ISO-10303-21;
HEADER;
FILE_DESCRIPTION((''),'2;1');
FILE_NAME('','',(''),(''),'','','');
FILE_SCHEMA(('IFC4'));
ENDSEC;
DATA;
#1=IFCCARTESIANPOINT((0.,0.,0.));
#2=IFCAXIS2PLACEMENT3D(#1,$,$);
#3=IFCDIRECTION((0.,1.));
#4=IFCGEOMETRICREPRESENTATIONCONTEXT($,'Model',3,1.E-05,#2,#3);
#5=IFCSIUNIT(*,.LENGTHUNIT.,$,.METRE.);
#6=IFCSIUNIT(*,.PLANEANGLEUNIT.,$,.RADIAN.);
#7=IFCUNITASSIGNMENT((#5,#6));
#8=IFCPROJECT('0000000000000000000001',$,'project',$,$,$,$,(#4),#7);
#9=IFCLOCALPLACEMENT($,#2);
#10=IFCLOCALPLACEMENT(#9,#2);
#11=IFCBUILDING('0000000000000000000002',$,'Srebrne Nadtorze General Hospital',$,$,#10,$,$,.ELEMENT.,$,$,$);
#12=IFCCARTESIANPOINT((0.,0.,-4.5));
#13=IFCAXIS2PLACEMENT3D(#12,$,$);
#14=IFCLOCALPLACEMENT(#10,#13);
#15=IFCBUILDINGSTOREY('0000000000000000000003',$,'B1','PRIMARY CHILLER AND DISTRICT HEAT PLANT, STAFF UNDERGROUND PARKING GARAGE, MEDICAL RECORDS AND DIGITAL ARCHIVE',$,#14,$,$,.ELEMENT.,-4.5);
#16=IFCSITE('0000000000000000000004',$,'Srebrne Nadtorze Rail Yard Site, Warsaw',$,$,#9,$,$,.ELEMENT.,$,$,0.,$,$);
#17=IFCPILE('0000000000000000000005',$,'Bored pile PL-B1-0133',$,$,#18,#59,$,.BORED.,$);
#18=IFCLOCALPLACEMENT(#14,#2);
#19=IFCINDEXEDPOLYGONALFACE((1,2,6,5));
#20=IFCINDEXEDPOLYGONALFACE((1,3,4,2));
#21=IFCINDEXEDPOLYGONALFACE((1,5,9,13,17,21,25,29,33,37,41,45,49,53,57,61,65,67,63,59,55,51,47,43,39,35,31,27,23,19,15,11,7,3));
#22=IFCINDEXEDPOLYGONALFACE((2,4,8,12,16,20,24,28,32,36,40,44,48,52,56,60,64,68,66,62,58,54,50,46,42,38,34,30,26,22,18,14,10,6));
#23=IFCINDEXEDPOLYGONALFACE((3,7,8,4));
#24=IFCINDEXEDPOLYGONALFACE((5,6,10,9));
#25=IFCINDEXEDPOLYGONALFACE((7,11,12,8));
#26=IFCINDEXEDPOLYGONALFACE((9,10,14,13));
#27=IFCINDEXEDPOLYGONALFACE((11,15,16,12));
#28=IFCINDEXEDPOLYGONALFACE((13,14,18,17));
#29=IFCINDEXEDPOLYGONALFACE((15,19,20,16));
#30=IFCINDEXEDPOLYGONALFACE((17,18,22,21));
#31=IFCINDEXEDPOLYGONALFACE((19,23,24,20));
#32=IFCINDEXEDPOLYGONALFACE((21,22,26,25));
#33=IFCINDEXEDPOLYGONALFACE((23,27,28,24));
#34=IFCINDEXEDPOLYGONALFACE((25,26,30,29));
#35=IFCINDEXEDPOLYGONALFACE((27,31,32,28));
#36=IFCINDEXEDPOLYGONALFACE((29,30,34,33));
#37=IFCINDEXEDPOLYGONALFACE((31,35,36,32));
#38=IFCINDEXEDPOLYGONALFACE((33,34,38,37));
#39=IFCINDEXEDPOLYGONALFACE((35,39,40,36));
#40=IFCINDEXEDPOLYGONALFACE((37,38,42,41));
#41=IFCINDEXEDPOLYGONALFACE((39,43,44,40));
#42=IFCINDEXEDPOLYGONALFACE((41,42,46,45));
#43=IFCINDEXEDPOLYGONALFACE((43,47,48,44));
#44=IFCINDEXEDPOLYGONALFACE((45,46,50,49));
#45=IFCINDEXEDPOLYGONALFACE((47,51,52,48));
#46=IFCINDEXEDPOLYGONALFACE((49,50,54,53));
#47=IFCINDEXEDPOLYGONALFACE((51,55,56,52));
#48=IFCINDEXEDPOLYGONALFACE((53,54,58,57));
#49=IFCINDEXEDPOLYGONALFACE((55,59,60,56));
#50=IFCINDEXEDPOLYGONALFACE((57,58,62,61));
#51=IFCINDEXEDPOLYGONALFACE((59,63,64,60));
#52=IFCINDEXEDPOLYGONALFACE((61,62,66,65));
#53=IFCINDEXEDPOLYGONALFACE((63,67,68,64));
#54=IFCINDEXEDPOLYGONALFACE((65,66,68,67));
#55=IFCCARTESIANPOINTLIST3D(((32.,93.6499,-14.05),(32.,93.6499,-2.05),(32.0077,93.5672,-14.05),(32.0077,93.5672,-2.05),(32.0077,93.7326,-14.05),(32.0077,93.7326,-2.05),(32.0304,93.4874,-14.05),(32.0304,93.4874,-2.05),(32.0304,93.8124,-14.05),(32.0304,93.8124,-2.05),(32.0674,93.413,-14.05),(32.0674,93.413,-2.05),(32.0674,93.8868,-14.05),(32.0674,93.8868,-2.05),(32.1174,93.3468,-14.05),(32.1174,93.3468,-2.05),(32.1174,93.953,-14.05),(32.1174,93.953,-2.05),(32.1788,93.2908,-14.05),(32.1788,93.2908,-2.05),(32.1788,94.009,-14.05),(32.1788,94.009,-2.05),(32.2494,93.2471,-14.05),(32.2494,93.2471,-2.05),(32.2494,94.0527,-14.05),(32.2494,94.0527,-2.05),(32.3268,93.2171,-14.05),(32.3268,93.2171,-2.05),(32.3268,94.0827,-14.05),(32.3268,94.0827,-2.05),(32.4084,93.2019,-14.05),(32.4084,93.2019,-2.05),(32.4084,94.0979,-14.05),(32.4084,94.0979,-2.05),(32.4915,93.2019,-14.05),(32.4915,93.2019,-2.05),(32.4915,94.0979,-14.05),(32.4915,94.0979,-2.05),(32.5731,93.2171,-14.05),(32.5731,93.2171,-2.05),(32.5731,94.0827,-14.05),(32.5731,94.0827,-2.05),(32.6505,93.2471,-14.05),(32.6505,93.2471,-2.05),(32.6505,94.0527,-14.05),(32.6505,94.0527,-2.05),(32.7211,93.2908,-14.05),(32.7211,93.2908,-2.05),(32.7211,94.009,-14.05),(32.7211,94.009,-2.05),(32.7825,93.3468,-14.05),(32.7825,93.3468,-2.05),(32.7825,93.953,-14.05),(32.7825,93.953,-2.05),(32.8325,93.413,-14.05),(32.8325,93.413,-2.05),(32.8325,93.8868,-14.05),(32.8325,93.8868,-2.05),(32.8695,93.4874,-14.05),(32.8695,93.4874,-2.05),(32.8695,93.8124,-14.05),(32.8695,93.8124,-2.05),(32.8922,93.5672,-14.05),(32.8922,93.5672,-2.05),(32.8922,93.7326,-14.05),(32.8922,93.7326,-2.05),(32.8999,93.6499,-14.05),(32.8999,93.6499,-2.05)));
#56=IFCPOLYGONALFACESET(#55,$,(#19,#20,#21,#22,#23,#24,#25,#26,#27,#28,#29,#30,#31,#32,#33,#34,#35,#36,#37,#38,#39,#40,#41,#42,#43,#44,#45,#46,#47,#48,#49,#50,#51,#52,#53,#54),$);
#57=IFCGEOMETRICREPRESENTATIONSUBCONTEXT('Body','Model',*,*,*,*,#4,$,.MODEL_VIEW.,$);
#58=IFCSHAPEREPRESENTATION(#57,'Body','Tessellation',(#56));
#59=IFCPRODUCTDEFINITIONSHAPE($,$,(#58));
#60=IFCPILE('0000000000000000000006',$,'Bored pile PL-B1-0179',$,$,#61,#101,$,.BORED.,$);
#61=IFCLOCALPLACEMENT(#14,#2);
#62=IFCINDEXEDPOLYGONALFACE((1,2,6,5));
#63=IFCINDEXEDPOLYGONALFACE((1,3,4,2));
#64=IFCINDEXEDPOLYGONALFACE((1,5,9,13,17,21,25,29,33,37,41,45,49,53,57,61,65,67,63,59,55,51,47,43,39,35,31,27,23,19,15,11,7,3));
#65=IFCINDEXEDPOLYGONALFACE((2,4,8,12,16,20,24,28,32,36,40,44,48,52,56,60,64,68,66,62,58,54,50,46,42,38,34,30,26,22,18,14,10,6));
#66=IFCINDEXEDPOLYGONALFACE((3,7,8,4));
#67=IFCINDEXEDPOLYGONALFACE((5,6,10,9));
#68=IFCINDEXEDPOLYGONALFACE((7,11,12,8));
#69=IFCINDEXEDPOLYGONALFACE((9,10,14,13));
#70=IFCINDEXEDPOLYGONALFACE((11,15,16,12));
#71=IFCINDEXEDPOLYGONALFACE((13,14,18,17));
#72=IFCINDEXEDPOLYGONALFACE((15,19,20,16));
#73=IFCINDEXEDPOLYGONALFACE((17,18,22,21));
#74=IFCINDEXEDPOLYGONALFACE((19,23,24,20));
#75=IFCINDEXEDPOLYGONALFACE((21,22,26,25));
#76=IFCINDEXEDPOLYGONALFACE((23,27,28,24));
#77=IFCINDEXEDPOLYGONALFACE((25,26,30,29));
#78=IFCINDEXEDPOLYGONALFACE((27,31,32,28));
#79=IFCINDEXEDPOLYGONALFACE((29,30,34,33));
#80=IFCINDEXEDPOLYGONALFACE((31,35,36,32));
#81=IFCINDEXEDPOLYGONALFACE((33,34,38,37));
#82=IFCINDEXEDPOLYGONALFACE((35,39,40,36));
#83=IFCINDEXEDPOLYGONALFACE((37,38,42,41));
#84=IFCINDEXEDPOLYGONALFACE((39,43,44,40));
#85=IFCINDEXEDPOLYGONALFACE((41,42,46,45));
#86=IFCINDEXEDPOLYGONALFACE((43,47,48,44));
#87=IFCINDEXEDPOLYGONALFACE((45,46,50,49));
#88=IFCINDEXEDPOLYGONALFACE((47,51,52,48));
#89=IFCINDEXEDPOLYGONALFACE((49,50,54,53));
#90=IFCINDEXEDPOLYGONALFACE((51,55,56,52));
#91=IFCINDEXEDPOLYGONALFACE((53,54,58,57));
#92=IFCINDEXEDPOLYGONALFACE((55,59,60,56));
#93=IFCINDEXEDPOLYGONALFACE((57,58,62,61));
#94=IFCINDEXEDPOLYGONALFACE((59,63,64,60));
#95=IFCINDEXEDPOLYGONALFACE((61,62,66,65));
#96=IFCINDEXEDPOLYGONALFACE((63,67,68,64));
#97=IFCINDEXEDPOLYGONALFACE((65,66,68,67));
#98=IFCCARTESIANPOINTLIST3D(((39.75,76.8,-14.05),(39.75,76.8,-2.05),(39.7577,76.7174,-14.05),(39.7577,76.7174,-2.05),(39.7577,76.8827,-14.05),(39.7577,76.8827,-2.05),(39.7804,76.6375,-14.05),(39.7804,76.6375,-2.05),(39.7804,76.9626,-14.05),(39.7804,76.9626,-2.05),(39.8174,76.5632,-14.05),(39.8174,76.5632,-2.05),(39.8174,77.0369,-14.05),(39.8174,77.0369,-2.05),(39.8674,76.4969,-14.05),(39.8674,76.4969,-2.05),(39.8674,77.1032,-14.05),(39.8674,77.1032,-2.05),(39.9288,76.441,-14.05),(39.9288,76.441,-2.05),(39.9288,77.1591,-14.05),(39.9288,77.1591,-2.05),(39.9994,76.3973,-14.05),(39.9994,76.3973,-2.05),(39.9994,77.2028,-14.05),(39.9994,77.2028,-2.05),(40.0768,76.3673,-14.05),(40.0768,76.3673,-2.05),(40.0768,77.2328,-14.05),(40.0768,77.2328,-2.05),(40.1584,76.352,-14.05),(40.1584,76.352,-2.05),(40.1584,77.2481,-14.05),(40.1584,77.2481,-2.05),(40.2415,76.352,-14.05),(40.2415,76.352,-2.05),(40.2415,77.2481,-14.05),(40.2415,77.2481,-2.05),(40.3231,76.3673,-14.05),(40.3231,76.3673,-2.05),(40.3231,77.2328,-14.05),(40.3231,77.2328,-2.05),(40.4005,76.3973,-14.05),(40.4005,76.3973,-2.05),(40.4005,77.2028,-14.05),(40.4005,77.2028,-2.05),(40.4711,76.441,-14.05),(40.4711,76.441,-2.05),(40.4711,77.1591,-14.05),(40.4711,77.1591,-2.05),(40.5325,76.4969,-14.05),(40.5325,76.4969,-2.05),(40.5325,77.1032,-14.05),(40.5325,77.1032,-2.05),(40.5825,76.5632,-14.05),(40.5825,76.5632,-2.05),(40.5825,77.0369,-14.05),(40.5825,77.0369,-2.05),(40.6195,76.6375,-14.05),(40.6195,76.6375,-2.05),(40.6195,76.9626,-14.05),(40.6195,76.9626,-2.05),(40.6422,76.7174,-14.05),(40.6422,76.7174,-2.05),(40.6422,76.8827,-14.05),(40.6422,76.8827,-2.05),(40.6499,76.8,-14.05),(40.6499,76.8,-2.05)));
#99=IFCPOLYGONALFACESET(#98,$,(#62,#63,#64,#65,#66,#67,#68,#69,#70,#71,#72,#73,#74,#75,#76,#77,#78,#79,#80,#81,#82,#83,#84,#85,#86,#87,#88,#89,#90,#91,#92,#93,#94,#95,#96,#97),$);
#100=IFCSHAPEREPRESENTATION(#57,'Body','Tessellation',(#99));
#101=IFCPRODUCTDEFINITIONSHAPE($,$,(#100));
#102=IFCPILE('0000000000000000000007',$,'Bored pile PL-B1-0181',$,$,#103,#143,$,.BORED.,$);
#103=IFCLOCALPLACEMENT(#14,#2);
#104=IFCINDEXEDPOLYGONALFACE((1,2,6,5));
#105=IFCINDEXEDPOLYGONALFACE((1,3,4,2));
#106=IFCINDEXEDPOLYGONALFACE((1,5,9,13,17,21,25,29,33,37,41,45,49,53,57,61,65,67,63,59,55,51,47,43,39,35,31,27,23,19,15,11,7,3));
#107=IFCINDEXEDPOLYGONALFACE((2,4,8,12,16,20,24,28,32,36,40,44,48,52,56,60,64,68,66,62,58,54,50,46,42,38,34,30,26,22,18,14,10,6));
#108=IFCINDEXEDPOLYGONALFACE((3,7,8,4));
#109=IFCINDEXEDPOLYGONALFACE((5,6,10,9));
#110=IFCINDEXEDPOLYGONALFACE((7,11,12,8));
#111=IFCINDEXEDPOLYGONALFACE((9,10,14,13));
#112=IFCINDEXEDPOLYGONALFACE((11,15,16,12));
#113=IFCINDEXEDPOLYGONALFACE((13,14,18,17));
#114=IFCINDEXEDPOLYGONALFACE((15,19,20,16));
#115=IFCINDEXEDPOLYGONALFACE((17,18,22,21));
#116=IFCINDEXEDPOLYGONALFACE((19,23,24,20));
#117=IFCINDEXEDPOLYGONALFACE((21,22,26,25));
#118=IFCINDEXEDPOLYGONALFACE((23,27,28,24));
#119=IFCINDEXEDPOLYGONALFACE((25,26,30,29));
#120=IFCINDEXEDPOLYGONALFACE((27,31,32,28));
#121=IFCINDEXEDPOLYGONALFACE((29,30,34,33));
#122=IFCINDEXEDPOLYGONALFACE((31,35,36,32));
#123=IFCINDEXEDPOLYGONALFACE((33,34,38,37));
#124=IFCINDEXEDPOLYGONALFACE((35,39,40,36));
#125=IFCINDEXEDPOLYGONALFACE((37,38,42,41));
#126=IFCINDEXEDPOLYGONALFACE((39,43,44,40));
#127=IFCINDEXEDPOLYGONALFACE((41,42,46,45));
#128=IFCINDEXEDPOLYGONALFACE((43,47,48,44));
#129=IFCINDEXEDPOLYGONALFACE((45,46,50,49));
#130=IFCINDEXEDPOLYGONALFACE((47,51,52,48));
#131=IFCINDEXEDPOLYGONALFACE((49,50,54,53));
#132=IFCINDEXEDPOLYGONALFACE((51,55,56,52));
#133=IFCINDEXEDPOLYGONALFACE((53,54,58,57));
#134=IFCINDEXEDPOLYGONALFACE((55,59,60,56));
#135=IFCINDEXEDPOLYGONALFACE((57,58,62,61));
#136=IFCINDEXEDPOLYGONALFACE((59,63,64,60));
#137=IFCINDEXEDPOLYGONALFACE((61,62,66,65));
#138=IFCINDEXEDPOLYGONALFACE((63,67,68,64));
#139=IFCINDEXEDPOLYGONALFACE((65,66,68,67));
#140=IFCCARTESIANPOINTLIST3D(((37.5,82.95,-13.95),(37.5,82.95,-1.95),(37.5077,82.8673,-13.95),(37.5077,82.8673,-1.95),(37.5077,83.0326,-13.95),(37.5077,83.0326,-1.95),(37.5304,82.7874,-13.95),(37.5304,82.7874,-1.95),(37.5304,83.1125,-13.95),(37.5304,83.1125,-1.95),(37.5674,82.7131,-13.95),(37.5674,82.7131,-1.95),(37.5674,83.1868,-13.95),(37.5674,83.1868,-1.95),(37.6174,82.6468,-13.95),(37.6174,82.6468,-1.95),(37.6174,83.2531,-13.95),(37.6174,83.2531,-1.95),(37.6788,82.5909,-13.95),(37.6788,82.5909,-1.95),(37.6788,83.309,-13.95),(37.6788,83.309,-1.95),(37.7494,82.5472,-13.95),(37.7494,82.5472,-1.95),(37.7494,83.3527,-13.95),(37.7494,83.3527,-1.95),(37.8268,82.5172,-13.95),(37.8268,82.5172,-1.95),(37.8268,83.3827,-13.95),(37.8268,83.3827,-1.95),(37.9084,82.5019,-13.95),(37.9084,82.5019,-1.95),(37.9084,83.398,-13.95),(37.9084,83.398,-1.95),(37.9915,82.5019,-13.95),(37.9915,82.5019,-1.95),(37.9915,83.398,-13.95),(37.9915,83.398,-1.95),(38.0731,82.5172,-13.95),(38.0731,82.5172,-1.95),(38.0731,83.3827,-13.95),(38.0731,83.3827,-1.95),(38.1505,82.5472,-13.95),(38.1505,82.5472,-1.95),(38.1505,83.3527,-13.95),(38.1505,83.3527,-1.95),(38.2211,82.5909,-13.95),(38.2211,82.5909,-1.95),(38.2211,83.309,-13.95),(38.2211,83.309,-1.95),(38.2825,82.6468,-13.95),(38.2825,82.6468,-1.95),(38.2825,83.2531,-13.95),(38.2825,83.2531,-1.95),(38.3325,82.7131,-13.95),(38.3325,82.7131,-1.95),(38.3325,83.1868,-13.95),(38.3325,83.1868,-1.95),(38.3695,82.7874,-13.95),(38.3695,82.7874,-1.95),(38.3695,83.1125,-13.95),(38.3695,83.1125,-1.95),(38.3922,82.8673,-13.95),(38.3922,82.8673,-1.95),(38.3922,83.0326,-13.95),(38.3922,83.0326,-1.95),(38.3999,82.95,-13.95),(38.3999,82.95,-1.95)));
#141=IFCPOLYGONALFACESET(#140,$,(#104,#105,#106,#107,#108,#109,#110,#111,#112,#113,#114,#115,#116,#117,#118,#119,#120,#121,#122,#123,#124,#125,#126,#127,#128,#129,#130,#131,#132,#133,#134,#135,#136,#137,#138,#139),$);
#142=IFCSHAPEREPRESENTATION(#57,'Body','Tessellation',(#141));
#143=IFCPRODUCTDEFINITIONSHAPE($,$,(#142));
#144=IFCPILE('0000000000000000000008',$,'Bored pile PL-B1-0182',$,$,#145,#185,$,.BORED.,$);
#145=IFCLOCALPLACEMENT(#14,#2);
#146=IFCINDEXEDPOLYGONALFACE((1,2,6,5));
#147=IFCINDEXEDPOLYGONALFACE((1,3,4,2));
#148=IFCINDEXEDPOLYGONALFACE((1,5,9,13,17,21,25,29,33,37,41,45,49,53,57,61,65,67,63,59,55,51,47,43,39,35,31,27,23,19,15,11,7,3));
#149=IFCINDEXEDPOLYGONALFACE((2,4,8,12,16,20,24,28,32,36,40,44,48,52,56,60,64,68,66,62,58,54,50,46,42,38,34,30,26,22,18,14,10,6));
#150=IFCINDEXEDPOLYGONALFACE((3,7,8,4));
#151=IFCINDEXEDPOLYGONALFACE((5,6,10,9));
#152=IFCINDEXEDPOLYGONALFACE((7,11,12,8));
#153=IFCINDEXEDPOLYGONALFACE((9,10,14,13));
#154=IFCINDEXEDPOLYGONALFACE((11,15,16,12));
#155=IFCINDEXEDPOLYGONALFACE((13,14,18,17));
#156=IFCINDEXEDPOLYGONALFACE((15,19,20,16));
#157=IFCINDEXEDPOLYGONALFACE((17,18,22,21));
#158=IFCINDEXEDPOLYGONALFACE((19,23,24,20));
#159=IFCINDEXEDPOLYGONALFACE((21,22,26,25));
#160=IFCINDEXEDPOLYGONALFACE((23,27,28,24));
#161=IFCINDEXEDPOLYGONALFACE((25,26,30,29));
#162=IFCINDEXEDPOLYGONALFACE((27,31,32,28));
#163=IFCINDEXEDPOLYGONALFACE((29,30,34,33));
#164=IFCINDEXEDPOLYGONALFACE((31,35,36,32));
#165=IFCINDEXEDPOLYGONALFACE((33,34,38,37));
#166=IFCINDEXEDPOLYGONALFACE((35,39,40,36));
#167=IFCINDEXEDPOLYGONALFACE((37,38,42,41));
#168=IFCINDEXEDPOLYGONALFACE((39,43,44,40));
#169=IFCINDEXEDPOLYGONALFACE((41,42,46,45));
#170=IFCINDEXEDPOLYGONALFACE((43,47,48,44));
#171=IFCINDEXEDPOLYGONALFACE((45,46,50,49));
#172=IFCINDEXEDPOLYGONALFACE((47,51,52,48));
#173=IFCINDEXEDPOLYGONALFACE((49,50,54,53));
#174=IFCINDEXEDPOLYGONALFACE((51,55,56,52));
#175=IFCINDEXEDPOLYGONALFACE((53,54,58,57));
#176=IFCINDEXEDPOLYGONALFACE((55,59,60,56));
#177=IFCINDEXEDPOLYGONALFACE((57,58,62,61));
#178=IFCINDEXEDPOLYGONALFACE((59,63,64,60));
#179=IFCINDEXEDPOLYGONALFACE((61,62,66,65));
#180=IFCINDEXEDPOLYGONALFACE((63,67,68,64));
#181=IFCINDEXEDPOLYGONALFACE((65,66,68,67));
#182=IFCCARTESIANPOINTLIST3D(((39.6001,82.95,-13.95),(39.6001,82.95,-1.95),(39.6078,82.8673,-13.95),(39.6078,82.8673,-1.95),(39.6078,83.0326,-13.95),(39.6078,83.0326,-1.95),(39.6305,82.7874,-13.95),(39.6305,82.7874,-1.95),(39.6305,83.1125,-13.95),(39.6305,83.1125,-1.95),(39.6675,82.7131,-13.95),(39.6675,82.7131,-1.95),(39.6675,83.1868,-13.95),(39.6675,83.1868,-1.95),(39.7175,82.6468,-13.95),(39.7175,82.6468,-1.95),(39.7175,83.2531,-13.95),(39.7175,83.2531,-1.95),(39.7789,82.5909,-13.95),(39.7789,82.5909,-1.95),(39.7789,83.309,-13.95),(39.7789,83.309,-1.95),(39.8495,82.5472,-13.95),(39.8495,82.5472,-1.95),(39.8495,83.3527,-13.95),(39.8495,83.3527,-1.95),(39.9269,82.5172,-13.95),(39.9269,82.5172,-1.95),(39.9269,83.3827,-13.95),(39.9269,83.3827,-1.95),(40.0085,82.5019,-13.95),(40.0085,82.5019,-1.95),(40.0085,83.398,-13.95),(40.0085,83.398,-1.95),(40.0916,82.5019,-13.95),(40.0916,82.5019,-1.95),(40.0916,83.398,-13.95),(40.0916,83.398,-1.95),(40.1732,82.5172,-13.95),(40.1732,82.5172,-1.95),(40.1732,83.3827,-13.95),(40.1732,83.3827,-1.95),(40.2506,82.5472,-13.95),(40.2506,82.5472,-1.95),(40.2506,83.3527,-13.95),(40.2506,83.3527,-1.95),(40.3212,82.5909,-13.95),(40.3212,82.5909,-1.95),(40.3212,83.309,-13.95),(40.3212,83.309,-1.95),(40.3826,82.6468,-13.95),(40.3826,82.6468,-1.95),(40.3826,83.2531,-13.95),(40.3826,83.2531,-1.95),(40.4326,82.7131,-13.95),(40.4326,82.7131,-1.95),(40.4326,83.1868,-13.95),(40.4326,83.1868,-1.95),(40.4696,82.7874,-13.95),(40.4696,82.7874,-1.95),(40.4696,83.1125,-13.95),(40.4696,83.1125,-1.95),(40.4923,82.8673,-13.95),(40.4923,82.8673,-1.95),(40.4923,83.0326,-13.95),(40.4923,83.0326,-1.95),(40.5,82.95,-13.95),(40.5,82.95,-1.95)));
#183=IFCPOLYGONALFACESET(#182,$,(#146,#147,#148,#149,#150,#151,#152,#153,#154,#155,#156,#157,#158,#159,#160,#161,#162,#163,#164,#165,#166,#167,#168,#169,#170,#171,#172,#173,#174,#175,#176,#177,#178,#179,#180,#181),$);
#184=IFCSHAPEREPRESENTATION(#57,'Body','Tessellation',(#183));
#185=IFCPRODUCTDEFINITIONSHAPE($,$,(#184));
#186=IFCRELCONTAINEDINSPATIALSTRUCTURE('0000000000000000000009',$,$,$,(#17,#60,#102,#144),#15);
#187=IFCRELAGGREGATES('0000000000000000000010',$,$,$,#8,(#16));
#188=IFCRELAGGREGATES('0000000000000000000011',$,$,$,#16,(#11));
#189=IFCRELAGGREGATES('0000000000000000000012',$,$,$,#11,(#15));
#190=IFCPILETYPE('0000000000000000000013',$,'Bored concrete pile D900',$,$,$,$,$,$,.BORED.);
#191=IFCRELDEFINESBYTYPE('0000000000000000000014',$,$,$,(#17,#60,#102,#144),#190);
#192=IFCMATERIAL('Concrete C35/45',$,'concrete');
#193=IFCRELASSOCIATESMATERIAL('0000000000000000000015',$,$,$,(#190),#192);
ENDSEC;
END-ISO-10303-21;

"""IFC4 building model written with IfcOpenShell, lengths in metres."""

from ifc_helpers import new_model, si_unit, direction, frame, origin, origin_2d, place, context, subcontext, project, spatial, circle, extrude, material, material_profile, profile_set, type_object, element, save


model = new_model("IFC4")

# Units and contexts
model_context = context("Model", 3, precision=1e-05, world=origin(), true_north=direction((0.0, 1.0)))
body_context = subcontext(model_context, "Body", "Model", "MODEL_VIEW")
ifc_project = project(units=[si_unit("LENGTHUNIT", "METRE"), si_unit("PLANEANGLEUNIT", "RADIAN")], contexts=[model_context])

# Site, building, storey
site_placement = place(None, origin())
site = spatial("IfcSite", under=ifc_project, at=site_placement, Name="Srebrne Nadtorze Rail Yard Site, Warsaw", CompositionType="ELEMENT", RefElevation=0.0)
building_placement = place(site_placement, origin())
building = spatial("IfcBuilding", under=site, at=building_placement, Name="Srebrne Nadtorze General Hospital", CompositionType="ELEMENT")
storey_placement = place(building_placement, frame((0.0, 0.0, -4.5)))
storey = spatial("IfcBuildingStorey", under=building, at=storey_placement, Name="B1", Description="PRIMARY CHILLER AND DISTRICT HEAT PLANT, STAFF UNDERGROUND PARKING GARAGE, MEDICAL RECORDS AND DIGITAL ARCHIVE", CompositionType="ELEMENT", Elevation=-4.5)

# Piles
ifc_material_1 = material(Name="Concrete C35/45", Category="concrete")
ifc_material_profile_1 = material_profile(ifc_material_1, circle(Radius=0.45, at=origin_2d()), Name="PILE-D900")
ifc_profile_set_1 = profile_set([ifc_material_profile_1], Name="Concrete C35/45")
pile_type_1 = type_object("IfcPileType", Name="Bored concrete pile D900", PredefinedType="BORED", material=ifc_profile_set_1)
for number, where, z_axis, x_axis, name in (
    (1, (32.45, 93.6499, -2.05), (0.0, 0.0, -1.0), (1.0, 0.0, 0.0), "Bored pile PL-B1-0133"),
    (2, (40.2, 76.8, -2.05), (0.0, 0.0, -1.0), (1.0, 0.0, 0.0), "Bored pile PL-B1-0179"),
    (3, (37.95, 82.95, -1.95), (0.0, 0.0, -1.0), (1.0, 0.0, 0.0), "Bored pile PL-B1-0181"),
    (4, (40.05, 82.95, -1.95), (0.0, 0.0, -1.0), (1.0, 0.0, 0.0), "Bored pile PL-B1-0182"),
):
    element("IfcPile", number, at=place(storey_placement, frame(where, z_axis=z_axis, x_axis=x_axis)), inside=storey, type_object=pile_type_1, Name=name, PredefinedType="BORED", context=body_context, shape_type="SweptSolid", body=[
        extrude(circle(Radius=0.45, at=origin_2d()), origin(), (0.0, 0.0, 1.0), 12.0),
    ])

save(model, "model.ifc")
